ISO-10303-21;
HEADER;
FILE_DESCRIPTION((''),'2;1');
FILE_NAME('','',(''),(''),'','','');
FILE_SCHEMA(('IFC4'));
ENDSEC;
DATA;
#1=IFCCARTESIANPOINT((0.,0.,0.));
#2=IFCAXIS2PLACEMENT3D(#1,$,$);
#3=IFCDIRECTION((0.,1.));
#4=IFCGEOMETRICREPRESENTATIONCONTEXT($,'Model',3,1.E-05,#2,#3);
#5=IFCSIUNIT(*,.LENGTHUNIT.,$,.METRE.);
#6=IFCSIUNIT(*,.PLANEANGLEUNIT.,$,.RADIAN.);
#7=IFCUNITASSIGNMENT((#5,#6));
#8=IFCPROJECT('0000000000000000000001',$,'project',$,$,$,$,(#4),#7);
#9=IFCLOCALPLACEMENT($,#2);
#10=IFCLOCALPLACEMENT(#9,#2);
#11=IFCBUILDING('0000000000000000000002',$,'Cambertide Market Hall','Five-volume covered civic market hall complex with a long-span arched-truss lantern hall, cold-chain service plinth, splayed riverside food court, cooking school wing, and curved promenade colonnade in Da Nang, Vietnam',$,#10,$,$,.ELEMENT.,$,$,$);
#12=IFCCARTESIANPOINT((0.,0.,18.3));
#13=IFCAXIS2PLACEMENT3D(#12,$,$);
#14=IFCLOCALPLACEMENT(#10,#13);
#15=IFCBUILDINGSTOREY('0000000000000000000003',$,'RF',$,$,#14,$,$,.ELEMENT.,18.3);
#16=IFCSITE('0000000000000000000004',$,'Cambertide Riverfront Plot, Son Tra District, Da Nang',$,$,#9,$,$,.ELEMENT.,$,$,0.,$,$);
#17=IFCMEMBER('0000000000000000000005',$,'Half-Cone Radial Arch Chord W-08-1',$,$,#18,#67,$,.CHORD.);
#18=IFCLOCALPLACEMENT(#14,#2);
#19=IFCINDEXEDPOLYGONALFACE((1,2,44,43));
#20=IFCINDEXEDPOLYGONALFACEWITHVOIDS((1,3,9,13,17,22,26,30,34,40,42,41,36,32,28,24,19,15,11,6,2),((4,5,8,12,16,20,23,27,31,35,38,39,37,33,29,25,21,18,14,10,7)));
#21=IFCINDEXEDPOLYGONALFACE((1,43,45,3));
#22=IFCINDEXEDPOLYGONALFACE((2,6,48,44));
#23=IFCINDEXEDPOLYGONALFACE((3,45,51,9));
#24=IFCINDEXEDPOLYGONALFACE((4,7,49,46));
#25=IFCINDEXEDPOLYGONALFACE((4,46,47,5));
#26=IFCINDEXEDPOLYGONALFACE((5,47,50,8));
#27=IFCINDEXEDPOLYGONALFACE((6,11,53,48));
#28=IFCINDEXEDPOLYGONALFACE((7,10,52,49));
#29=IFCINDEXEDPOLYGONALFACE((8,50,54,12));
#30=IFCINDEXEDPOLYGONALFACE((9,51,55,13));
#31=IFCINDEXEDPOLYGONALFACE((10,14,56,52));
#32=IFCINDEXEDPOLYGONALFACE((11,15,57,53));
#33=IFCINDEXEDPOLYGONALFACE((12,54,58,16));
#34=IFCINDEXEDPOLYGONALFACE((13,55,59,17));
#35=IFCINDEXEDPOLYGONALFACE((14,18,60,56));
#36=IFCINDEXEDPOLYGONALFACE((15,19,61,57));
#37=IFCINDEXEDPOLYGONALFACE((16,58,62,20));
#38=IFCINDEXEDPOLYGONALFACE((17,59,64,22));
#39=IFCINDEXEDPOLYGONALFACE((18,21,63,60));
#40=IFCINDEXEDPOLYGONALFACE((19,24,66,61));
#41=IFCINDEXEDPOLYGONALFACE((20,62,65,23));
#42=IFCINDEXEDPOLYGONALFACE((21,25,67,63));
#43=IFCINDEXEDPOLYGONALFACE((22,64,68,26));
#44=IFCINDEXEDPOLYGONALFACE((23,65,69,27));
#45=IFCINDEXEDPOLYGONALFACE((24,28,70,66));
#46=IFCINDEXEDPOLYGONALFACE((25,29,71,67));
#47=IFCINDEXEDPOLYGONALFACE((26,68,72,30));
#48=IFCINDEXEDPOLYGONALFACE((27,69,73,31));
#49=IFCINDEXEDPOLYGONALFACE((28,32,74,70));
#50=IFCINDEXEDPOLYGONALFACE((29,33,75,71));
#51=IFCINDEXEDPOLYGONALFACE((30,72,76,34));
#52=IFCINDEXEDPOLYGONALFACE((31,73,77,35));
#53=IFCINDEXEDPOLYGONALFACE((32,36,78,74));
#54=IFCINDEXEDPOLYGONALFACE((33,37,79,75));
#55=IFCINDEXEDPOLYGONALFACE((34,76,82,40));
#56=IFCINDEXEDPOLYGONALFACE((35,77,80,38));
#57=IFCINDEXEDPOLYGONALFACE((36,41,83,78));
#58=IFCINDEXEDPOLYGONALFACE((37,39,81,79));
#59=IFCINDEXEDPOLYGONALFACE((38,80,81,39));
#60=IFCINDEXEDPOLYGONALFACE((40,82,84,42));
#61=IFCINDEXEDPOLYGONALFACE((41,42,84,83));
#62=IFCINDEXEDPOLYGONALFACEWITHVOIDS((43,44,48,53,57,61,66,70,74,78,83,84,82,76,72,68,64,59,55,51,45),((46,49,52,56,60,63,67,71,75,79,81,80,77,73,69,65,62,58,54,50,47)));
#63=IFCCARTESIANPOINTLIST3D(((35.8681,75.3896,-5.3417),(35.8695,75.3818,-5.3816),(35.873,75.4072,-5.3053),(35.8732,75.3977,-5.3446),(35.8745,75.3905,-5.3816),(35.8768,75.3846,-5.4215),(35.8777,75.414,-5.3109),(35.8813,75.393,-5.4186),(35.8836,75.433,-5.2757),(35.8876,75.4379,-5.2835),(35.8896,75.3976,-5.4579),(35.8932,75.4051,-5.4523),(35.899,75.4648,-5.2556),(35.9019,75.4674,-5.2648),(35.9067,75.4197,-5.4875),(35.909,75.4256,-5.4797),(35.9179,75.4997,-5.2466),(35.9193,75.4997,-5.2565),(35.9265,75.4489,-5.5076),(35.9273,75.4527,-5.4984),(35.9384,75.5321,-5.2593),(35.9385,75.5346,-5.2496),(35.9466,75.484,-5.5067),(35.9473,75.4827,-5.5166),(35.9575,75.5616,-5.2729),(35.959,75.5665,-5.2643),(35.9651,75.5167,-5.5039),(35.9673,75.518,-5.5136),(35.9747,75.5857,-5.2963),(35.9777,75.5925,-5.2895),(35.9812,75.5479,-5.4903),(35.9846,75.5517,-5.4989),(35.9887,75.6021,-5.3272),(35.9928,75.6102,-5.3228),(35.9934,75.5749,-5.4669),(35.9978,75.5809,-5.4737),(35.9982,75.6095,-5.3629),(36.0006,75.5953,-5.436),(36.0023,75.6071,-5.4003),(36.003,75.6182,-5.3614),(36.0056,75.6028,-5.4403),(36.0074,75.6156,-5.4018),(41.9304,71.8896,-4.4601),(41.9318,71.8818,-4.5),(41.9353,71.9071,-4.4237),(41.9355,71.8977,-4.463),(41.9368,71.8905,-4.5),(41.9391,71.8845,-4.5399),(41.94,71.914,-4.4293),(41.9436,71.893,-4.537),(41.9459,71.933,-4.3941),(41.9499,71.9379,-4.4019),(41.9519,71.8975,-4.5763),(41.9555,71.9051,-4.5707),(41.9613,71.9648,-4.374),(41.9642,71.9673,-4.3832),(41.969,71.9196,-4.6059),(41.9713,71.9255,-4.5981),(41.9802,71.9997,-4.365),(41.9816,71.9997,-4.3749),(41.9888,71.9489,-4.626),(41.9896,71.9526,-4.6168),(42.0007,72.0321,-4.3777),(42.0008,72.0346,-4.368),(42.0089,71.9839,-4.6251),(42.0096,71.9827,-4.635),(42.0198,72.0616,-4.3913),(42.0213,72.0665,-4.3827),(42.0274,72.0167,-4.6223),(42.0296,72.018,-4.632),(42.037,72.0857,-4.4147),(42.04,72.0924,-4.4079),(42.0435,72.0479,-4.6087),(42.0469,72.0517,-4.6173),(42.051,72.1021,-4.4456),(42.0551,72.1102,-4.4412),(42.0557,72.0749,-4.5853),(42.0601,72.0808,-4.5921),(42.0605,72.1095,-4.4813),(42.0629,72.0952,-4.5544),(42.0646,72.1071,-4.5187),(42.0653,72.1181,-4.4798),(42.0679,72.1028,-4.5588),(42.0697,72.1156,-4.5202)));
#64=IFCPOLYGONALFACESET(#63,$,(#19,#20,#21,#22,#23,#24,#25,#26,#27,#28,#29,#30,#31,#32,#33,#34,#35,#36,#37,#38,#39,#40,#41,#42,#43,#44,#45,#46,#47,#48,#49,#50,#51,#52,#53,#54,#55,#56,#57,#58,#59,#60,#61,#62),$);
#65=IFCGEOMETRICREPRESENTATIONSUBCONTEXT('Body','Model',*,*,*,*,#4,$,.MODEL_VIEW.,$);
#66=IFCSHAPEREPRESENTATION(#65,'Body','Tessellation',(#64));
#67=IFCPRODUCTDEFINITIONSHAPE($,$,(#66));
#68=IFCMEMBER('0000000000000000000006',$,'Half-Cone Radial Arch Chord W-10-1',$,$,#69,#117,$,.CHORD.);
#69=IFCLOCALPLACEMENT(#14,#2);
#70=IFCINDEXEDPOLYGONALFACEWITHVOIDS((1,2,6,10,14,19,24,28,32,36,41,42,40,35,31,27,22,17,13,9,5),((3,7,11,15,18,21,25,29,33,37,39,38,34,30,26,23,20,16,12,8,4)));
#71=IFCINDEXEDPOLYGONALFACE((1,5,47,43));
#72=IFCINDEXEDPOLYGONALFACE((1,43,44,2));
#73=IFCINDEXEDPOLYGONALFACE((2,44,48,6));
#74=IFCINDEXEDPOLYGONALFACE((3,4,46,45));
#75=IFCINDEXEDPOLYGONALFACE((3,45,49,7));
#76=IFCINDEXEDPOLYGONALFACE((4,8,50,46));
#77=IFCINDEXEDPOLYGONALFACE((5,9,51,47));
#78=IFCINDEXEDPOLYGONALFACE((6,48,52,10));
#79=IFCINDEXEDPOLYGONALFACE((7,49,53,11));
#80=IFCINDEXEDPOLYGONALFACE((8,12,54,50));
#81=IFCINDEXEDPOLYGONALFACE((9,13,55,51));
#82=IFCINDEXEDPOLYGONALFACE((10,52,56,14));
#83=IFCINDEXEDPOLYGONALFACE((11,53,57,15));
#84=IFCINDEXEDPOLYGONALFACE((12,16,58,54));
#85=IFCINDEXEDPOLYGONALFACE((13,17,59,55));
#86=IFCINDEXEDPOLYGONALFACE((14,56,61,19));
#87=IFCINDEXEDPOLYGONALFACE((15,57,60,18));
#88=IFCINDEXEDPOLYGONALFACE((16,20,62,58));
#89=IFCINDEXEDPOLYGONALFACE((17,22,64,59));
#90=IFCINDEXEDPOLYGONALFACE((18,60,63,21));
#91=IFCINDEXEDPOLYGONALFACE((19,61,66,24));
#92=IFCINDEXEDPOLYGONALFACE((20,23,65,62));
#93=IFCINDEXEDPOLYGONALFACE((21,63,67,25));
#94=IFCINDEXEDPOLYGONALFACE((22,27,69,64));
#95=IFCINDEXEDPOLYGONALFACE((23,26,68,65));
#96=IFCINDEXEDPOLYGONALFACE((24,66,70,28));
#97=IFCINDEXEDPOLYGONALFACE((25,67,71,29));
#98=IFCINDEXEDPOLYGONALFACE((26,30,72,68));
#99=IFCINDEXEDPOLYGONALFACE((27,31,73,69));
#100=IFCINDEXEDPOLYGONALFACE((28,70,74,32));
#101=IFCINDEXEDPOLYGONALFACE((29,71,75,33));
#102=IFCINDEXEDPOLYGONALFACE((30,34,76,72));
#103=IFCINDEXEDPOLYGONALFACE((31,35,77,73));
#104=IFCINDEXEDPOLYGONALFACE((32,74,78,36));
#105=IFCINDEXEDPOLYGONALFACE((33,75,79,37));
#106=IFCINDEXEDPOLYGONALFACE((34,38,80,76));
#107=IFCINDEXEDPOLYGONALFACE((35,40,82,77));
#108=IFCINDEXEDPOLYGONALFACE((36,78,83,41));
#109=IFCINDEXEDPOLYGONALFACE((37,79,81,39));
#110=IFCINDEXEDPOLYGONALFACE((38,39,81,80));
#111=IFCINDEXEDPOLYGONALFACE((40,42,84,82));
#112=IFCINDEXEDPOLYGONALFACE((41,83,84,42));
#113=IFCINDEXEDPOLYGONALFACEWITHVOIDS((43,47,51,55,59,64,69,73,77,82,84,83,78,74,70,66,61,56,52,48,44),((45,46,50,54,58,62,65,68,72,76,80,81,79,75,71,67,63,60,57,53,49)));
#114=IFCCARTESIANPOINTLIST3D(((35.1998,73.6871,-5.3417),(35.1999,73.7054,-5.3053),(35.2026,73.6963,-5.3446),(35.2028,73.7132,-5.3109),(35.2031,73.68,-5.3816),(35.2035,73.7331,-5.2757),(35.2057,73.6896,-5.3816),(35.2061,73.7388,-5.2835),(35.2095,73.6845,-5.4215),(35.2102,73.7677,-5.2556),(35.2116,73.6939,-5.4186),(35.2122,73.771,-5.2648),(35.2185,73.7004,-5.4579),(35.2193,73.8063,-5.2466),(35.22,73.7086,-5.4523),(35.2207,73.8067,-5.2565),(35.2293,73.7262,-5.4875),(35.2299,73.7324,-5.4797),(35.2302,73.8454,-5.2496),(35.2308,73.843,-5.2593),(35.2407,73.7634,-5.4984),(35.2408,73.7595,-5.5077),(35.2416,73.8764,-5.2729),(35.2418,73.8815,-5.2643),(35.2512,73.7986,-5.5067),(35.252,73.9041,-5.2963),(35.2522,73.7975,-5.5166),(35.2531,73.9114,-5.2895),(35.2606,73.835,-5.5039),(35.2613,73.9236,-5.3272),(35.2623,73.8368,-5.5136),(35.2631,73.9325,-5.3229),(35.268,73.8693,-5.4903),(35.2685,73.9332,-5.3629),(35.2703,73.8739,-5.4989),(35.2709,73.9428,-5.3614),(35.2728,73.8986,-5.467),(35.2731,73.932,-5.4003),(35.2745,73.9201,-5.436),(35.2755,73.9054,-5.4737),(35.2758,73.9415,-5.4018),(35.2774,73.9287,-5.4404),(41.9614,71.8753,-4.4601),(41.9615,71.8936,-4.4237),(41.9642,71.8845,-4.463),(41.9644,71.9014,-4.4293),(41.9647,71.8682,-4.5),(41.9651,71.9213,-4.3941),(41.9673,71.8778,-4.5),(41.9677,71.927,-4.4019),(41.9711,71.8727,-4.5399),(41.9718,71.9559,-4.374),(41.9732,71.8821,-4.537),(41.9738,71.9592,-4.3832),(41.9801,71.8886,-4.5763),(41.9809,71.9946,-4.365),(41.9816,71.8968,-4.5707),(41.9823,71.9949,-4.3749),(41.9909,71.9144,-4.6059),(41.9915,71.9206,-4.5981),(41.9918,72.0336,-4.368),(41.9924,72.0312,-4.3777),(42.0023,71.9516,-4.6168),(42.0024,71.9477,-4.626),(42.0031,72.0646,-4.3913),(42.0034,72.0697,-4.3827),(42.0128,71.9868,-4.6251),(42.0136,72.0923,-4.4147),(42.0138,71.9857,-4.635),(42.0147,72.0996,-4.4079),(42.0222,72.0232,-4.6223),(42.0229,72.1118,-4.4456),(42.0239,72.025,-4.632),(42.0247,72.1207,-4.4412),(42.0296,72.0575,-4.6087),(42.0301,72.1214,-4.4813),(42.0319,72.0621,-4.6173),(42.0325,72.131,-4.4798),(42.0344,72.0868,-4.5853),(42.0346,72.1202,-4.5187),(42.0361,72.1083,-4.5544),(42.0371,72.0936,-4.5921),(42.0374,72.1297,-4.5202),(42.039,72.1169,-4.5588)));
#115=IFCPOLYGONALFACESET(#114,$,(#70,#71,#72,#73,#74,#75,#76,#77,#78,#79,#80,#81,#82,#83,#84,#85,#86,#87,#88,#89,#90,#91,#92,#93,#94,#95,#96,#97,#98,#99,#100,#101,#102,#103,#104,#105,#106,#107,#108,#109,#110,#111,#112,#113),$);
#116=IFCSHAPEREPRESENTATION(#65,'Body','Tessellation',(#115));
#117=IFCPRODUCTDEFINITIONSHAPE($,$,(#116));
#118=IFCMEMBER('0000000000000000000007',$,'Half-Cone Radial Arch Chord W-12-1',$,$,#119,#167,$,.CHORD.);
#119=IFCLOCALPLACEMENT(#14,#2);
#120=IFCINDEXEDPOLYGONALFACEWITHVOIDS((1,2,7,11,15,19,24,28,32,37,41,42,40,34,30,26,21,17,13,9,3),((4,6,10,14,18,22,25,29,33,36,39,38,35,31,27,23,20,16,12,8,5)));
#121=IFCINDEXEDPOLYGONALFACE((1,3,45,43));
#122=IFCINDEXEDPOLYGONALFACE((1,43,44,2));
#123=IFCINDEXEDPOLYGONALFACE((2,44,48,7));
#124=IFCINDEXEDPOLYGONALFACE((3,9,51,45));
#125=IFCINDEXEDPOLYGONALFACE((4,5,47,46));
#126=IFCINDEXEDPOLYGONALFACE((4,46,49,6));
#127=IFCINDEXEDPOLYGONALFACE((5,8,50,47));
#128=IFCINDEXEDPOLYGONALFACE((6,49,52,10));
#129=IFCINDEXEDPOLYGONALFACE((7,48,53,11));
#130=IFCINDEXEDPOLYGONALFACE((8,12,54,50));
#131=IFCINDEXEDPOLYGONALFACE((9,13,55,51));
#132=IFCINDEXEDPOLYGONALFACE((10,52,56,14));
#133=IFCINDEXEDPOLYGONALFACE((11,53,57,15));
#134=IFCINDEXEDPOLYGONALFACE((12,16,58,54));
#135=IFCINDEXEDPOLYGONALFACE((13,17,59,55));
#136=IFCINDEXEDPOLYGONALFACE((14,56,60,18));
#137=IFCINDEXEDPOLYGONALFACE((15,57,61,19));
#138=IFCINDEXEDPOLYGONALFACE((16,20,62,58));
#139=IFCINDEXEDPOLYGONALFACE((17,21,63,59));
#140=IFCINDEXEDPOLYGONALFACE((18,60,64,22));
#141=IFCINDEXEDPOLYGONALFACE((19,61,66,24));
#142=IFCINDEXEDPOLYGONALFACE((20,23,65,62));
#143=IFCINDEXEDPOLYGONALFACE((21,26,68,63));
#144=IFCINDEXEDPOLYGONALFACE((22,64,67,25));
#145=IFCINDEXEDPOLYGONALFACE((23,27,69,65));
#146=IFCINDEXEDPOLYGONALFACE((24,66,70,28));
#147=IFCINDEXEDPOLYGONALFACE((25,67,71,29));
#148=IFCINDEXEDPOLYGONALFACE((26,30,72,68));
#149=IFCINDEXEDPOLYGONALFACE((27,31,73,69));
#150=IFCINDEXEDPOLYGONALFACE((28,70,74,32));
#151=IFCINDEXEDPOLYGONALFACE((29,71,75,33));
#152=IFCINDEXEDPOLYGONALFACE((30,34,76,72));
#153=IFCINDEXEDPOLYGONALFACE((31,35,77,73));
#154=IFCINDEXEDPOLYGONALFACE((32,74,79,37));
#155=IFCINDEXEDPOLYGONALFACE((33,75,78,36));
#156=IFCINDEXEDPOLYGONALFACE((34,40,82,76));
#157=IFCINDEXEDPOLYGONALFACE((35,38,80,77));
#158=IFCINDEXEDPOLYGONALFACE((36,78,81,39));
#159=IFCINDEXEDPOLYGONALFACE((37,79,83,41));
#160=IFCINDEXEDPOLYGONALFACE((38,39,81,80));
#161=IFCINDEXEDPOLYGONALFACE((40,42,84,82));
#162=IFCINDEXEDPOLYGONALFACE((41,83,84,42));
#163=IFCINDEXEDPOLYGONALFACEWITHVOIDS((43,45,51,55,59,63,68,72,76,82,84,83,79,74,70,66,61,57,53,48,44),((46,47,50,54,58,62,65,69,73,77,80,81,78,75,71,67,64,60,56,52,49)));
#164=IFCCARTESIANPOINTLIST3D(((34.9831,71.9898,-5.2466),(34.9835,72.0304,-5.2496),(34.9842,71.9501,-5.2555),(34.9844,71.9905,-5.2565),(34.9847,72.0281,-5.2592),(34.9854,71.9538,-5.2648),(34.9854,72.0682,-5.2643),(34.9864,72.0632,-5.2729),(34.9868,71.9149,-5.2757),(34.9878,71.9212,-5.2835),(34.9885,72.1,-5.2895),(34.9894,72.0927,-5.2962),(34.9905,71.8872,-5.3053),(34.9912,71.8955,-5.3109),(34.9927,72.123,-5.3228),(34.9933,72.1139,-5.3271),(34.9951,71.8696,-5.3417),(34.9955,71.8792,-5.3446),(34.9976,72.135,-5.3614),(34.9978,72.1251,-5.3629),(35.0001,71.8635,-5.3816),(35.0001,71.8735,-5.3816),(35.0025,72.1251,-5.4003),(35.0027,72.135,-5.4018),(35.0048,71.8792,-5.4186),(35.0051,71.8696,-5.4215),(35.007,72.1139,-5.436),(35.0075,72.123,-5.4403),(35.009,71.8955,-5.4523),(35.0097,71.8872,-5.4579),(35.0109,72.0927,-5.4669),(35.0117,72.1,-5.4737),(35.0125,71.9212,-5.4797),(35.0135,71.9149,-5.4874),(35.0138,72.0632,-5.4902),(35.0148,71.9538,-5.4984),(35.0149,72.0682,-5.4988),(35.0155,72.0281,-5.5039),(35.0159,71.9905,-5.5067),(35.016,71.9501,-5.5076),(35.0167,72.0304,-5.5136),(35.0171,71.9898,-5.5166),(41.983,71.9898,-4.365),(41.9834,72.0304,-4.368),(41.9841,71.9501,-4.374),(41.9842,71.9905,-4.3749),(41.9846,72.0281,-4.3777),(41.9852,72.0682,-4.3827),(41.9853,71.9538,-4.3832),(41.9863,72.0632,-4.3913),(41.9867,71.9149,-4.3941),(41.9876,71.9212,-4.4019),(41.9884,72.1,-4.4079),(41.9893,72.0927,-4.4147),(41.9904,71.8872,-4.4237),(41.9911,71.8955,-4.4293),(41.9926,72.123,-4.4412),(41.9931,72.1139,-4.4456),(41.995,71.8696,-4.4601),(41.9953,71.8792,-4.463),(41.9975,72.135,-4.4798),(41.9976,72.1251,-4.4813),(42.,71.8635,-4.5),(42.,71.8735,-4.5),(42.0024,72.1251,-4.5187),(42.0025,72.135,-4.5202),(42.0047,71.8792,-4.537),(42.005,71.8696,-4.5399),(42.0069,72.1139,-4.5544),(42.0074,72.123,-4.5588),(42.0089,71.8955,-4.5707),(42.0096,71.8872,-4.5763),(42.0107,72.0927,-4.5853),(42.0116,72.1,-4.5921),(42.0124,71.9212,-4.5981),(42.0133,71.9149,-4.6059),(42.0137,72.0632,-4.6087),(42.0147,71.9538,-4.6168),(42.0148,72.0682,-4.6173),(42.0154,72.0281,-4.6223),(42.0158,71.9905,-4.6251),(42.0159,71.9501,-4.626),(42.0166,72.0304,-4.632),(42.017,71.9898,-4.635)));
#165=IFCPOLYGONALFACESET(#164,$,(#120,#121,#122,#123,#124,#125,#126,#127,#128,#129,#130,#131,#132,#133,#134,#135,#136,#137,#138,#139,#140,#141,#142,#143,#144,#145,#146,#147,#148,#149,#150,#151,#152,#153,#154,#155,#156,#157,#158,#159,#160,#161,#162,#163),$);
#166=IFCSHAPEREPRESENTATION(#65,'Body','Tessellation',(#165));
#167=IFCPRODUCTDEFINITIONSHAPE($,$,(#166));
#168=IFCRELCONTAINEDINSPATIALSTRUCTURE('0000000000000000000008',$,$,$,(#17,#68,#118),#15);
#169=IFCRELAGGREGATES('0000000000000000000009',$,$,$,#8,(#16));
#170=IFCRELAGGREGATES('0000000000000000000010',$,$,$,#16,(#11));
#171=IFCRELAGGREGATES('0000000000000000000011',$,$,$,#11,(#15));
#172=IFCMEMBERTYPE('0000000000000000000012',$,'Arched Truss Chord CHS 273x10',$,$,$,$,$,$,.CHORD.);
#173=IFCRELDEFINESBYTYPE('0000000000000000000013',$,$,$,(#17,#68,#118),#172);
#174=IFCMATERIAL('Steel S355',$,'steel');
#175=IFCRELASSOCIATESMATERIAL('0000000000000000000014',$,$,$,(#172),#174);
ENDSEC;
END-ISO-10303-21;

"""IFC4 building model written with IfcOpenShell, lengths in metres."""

from ifc_helpers import new_model, si_unit, direction, frame, origin, origin_2d, place, context, subcontext, project, spatial, hollow_circle, extrude, material, material_profile, profile_set, type_object, element, save


model = new_model("IFC4")

# Units and contexts
model_context = context("Model", 3, precision=1e-05, world=origin(), true_north=direction((0.0, 1.0)))
body_context = subcontext(model_context, "Body", "Model", "MODEL_VIEW")
ifc_project = project(units=[si_unit("LENGTHUNIT", "METRE"), si_unit("PLANEANGLEUNIT", "RADIAN")], contexts=[model_context])

# Site, building, storey
site_placement = place(None, origin())
site = spatial("IfcSite", under=ifc_project, at=site_placement, Name="Cambertide Riverfront Plot, Son Tra District, Da Nang", CompositionType="ELEMENT", RefElevation=0.0)
building_placement = place(site_placement, origin())
building = spatial("IfcBuilding", under=site, at=building_placement, Name="Cambertide Market Hall", Description="Five-volume covered civic market hall complex with a long-span arched-truss lantern hall, cold-chain service plinth, splayed riverside food court, cooking school wing, and curved promenade colonnade in Da Nang, Vietnam", CompositionType="ELEMENT")
storey_placement = place(building_placement, frame((0.0, 0.0, 18.3)))
storey = spatial("IfcBuildingStorey", under=building, at=storey_placement, Name="RF", CompositionType="ELEMENT", Elevation=18.3)

# Members
ifc_material_1 = material(Name="Steel S355", Category="steel")
ifc_material_profile_1 = material_profile(ifc_material_1, hollow_circle(Radius=0.1365, WallThickness=0.01, at=origin_2d()), Name="CHS 273x10")
ifc_profile_set_1 = profile_set([ifc_material_profile_1], Name="Steel S355")
member_type_1 = type_object("IfcMemberType", Name="Arched Truss Chord CHS 273x10", PredefinedType="CHORD", material=ifc_profile_set_1)
for number, where, z_axis, x_axis, name in (
    (1, (42.0, 72.0, -4.5), (-0.859241, 0.496077, -0.124953), (-0.499995, -0.866028, 0.0), "Half-Cone Radial Arch Chord W-08-1"),
    (2, (42.0, 72.0, -4.5), (-0.958354, 0.256795, -0.124955), (-0.258824, -0.965925, 0.0), "Half-Cone Radial Arch Chord W-10-1"),
):
    element("IfcMember", number, at=place(storey_placement, frame(where, z_axis=z_axis, x_axis=x_axis)), inside=storey, type_object=member_type_1, Name=name, PredefinedType="CHORD", context=body_context, shape_type="SweptSolid", body=[
        extrude(hollow_circle(Radius=0.1365, WallThickness=0.01, at=origin_2d()), origin(), (0.0, 0.0, 1.0), 7.0554),
    ])
member_1_placement = place(storey_placement, frame((42.0, 72.0, -4.5), z_axis=(-0.992162, 0.0, -0.124955), x_axis=(0.0, -1.0, 0.0)))
element("IfcMember", 3, at=member_1_placement, inside=storey, type_object=member_type_1, Name="Half-Cone Radial Arch Chord W-12-1", PredefinedType="CHORD", context=body_context, shape_type="SweptSolid", body=[
    extrude(hollow_circle(Radius=0.1365, WallThickness=0.01, at=origin_2d()), origin(), (0.0, 0.0, 1.0), 7.0552),
])

save(model, "model.ifc")
